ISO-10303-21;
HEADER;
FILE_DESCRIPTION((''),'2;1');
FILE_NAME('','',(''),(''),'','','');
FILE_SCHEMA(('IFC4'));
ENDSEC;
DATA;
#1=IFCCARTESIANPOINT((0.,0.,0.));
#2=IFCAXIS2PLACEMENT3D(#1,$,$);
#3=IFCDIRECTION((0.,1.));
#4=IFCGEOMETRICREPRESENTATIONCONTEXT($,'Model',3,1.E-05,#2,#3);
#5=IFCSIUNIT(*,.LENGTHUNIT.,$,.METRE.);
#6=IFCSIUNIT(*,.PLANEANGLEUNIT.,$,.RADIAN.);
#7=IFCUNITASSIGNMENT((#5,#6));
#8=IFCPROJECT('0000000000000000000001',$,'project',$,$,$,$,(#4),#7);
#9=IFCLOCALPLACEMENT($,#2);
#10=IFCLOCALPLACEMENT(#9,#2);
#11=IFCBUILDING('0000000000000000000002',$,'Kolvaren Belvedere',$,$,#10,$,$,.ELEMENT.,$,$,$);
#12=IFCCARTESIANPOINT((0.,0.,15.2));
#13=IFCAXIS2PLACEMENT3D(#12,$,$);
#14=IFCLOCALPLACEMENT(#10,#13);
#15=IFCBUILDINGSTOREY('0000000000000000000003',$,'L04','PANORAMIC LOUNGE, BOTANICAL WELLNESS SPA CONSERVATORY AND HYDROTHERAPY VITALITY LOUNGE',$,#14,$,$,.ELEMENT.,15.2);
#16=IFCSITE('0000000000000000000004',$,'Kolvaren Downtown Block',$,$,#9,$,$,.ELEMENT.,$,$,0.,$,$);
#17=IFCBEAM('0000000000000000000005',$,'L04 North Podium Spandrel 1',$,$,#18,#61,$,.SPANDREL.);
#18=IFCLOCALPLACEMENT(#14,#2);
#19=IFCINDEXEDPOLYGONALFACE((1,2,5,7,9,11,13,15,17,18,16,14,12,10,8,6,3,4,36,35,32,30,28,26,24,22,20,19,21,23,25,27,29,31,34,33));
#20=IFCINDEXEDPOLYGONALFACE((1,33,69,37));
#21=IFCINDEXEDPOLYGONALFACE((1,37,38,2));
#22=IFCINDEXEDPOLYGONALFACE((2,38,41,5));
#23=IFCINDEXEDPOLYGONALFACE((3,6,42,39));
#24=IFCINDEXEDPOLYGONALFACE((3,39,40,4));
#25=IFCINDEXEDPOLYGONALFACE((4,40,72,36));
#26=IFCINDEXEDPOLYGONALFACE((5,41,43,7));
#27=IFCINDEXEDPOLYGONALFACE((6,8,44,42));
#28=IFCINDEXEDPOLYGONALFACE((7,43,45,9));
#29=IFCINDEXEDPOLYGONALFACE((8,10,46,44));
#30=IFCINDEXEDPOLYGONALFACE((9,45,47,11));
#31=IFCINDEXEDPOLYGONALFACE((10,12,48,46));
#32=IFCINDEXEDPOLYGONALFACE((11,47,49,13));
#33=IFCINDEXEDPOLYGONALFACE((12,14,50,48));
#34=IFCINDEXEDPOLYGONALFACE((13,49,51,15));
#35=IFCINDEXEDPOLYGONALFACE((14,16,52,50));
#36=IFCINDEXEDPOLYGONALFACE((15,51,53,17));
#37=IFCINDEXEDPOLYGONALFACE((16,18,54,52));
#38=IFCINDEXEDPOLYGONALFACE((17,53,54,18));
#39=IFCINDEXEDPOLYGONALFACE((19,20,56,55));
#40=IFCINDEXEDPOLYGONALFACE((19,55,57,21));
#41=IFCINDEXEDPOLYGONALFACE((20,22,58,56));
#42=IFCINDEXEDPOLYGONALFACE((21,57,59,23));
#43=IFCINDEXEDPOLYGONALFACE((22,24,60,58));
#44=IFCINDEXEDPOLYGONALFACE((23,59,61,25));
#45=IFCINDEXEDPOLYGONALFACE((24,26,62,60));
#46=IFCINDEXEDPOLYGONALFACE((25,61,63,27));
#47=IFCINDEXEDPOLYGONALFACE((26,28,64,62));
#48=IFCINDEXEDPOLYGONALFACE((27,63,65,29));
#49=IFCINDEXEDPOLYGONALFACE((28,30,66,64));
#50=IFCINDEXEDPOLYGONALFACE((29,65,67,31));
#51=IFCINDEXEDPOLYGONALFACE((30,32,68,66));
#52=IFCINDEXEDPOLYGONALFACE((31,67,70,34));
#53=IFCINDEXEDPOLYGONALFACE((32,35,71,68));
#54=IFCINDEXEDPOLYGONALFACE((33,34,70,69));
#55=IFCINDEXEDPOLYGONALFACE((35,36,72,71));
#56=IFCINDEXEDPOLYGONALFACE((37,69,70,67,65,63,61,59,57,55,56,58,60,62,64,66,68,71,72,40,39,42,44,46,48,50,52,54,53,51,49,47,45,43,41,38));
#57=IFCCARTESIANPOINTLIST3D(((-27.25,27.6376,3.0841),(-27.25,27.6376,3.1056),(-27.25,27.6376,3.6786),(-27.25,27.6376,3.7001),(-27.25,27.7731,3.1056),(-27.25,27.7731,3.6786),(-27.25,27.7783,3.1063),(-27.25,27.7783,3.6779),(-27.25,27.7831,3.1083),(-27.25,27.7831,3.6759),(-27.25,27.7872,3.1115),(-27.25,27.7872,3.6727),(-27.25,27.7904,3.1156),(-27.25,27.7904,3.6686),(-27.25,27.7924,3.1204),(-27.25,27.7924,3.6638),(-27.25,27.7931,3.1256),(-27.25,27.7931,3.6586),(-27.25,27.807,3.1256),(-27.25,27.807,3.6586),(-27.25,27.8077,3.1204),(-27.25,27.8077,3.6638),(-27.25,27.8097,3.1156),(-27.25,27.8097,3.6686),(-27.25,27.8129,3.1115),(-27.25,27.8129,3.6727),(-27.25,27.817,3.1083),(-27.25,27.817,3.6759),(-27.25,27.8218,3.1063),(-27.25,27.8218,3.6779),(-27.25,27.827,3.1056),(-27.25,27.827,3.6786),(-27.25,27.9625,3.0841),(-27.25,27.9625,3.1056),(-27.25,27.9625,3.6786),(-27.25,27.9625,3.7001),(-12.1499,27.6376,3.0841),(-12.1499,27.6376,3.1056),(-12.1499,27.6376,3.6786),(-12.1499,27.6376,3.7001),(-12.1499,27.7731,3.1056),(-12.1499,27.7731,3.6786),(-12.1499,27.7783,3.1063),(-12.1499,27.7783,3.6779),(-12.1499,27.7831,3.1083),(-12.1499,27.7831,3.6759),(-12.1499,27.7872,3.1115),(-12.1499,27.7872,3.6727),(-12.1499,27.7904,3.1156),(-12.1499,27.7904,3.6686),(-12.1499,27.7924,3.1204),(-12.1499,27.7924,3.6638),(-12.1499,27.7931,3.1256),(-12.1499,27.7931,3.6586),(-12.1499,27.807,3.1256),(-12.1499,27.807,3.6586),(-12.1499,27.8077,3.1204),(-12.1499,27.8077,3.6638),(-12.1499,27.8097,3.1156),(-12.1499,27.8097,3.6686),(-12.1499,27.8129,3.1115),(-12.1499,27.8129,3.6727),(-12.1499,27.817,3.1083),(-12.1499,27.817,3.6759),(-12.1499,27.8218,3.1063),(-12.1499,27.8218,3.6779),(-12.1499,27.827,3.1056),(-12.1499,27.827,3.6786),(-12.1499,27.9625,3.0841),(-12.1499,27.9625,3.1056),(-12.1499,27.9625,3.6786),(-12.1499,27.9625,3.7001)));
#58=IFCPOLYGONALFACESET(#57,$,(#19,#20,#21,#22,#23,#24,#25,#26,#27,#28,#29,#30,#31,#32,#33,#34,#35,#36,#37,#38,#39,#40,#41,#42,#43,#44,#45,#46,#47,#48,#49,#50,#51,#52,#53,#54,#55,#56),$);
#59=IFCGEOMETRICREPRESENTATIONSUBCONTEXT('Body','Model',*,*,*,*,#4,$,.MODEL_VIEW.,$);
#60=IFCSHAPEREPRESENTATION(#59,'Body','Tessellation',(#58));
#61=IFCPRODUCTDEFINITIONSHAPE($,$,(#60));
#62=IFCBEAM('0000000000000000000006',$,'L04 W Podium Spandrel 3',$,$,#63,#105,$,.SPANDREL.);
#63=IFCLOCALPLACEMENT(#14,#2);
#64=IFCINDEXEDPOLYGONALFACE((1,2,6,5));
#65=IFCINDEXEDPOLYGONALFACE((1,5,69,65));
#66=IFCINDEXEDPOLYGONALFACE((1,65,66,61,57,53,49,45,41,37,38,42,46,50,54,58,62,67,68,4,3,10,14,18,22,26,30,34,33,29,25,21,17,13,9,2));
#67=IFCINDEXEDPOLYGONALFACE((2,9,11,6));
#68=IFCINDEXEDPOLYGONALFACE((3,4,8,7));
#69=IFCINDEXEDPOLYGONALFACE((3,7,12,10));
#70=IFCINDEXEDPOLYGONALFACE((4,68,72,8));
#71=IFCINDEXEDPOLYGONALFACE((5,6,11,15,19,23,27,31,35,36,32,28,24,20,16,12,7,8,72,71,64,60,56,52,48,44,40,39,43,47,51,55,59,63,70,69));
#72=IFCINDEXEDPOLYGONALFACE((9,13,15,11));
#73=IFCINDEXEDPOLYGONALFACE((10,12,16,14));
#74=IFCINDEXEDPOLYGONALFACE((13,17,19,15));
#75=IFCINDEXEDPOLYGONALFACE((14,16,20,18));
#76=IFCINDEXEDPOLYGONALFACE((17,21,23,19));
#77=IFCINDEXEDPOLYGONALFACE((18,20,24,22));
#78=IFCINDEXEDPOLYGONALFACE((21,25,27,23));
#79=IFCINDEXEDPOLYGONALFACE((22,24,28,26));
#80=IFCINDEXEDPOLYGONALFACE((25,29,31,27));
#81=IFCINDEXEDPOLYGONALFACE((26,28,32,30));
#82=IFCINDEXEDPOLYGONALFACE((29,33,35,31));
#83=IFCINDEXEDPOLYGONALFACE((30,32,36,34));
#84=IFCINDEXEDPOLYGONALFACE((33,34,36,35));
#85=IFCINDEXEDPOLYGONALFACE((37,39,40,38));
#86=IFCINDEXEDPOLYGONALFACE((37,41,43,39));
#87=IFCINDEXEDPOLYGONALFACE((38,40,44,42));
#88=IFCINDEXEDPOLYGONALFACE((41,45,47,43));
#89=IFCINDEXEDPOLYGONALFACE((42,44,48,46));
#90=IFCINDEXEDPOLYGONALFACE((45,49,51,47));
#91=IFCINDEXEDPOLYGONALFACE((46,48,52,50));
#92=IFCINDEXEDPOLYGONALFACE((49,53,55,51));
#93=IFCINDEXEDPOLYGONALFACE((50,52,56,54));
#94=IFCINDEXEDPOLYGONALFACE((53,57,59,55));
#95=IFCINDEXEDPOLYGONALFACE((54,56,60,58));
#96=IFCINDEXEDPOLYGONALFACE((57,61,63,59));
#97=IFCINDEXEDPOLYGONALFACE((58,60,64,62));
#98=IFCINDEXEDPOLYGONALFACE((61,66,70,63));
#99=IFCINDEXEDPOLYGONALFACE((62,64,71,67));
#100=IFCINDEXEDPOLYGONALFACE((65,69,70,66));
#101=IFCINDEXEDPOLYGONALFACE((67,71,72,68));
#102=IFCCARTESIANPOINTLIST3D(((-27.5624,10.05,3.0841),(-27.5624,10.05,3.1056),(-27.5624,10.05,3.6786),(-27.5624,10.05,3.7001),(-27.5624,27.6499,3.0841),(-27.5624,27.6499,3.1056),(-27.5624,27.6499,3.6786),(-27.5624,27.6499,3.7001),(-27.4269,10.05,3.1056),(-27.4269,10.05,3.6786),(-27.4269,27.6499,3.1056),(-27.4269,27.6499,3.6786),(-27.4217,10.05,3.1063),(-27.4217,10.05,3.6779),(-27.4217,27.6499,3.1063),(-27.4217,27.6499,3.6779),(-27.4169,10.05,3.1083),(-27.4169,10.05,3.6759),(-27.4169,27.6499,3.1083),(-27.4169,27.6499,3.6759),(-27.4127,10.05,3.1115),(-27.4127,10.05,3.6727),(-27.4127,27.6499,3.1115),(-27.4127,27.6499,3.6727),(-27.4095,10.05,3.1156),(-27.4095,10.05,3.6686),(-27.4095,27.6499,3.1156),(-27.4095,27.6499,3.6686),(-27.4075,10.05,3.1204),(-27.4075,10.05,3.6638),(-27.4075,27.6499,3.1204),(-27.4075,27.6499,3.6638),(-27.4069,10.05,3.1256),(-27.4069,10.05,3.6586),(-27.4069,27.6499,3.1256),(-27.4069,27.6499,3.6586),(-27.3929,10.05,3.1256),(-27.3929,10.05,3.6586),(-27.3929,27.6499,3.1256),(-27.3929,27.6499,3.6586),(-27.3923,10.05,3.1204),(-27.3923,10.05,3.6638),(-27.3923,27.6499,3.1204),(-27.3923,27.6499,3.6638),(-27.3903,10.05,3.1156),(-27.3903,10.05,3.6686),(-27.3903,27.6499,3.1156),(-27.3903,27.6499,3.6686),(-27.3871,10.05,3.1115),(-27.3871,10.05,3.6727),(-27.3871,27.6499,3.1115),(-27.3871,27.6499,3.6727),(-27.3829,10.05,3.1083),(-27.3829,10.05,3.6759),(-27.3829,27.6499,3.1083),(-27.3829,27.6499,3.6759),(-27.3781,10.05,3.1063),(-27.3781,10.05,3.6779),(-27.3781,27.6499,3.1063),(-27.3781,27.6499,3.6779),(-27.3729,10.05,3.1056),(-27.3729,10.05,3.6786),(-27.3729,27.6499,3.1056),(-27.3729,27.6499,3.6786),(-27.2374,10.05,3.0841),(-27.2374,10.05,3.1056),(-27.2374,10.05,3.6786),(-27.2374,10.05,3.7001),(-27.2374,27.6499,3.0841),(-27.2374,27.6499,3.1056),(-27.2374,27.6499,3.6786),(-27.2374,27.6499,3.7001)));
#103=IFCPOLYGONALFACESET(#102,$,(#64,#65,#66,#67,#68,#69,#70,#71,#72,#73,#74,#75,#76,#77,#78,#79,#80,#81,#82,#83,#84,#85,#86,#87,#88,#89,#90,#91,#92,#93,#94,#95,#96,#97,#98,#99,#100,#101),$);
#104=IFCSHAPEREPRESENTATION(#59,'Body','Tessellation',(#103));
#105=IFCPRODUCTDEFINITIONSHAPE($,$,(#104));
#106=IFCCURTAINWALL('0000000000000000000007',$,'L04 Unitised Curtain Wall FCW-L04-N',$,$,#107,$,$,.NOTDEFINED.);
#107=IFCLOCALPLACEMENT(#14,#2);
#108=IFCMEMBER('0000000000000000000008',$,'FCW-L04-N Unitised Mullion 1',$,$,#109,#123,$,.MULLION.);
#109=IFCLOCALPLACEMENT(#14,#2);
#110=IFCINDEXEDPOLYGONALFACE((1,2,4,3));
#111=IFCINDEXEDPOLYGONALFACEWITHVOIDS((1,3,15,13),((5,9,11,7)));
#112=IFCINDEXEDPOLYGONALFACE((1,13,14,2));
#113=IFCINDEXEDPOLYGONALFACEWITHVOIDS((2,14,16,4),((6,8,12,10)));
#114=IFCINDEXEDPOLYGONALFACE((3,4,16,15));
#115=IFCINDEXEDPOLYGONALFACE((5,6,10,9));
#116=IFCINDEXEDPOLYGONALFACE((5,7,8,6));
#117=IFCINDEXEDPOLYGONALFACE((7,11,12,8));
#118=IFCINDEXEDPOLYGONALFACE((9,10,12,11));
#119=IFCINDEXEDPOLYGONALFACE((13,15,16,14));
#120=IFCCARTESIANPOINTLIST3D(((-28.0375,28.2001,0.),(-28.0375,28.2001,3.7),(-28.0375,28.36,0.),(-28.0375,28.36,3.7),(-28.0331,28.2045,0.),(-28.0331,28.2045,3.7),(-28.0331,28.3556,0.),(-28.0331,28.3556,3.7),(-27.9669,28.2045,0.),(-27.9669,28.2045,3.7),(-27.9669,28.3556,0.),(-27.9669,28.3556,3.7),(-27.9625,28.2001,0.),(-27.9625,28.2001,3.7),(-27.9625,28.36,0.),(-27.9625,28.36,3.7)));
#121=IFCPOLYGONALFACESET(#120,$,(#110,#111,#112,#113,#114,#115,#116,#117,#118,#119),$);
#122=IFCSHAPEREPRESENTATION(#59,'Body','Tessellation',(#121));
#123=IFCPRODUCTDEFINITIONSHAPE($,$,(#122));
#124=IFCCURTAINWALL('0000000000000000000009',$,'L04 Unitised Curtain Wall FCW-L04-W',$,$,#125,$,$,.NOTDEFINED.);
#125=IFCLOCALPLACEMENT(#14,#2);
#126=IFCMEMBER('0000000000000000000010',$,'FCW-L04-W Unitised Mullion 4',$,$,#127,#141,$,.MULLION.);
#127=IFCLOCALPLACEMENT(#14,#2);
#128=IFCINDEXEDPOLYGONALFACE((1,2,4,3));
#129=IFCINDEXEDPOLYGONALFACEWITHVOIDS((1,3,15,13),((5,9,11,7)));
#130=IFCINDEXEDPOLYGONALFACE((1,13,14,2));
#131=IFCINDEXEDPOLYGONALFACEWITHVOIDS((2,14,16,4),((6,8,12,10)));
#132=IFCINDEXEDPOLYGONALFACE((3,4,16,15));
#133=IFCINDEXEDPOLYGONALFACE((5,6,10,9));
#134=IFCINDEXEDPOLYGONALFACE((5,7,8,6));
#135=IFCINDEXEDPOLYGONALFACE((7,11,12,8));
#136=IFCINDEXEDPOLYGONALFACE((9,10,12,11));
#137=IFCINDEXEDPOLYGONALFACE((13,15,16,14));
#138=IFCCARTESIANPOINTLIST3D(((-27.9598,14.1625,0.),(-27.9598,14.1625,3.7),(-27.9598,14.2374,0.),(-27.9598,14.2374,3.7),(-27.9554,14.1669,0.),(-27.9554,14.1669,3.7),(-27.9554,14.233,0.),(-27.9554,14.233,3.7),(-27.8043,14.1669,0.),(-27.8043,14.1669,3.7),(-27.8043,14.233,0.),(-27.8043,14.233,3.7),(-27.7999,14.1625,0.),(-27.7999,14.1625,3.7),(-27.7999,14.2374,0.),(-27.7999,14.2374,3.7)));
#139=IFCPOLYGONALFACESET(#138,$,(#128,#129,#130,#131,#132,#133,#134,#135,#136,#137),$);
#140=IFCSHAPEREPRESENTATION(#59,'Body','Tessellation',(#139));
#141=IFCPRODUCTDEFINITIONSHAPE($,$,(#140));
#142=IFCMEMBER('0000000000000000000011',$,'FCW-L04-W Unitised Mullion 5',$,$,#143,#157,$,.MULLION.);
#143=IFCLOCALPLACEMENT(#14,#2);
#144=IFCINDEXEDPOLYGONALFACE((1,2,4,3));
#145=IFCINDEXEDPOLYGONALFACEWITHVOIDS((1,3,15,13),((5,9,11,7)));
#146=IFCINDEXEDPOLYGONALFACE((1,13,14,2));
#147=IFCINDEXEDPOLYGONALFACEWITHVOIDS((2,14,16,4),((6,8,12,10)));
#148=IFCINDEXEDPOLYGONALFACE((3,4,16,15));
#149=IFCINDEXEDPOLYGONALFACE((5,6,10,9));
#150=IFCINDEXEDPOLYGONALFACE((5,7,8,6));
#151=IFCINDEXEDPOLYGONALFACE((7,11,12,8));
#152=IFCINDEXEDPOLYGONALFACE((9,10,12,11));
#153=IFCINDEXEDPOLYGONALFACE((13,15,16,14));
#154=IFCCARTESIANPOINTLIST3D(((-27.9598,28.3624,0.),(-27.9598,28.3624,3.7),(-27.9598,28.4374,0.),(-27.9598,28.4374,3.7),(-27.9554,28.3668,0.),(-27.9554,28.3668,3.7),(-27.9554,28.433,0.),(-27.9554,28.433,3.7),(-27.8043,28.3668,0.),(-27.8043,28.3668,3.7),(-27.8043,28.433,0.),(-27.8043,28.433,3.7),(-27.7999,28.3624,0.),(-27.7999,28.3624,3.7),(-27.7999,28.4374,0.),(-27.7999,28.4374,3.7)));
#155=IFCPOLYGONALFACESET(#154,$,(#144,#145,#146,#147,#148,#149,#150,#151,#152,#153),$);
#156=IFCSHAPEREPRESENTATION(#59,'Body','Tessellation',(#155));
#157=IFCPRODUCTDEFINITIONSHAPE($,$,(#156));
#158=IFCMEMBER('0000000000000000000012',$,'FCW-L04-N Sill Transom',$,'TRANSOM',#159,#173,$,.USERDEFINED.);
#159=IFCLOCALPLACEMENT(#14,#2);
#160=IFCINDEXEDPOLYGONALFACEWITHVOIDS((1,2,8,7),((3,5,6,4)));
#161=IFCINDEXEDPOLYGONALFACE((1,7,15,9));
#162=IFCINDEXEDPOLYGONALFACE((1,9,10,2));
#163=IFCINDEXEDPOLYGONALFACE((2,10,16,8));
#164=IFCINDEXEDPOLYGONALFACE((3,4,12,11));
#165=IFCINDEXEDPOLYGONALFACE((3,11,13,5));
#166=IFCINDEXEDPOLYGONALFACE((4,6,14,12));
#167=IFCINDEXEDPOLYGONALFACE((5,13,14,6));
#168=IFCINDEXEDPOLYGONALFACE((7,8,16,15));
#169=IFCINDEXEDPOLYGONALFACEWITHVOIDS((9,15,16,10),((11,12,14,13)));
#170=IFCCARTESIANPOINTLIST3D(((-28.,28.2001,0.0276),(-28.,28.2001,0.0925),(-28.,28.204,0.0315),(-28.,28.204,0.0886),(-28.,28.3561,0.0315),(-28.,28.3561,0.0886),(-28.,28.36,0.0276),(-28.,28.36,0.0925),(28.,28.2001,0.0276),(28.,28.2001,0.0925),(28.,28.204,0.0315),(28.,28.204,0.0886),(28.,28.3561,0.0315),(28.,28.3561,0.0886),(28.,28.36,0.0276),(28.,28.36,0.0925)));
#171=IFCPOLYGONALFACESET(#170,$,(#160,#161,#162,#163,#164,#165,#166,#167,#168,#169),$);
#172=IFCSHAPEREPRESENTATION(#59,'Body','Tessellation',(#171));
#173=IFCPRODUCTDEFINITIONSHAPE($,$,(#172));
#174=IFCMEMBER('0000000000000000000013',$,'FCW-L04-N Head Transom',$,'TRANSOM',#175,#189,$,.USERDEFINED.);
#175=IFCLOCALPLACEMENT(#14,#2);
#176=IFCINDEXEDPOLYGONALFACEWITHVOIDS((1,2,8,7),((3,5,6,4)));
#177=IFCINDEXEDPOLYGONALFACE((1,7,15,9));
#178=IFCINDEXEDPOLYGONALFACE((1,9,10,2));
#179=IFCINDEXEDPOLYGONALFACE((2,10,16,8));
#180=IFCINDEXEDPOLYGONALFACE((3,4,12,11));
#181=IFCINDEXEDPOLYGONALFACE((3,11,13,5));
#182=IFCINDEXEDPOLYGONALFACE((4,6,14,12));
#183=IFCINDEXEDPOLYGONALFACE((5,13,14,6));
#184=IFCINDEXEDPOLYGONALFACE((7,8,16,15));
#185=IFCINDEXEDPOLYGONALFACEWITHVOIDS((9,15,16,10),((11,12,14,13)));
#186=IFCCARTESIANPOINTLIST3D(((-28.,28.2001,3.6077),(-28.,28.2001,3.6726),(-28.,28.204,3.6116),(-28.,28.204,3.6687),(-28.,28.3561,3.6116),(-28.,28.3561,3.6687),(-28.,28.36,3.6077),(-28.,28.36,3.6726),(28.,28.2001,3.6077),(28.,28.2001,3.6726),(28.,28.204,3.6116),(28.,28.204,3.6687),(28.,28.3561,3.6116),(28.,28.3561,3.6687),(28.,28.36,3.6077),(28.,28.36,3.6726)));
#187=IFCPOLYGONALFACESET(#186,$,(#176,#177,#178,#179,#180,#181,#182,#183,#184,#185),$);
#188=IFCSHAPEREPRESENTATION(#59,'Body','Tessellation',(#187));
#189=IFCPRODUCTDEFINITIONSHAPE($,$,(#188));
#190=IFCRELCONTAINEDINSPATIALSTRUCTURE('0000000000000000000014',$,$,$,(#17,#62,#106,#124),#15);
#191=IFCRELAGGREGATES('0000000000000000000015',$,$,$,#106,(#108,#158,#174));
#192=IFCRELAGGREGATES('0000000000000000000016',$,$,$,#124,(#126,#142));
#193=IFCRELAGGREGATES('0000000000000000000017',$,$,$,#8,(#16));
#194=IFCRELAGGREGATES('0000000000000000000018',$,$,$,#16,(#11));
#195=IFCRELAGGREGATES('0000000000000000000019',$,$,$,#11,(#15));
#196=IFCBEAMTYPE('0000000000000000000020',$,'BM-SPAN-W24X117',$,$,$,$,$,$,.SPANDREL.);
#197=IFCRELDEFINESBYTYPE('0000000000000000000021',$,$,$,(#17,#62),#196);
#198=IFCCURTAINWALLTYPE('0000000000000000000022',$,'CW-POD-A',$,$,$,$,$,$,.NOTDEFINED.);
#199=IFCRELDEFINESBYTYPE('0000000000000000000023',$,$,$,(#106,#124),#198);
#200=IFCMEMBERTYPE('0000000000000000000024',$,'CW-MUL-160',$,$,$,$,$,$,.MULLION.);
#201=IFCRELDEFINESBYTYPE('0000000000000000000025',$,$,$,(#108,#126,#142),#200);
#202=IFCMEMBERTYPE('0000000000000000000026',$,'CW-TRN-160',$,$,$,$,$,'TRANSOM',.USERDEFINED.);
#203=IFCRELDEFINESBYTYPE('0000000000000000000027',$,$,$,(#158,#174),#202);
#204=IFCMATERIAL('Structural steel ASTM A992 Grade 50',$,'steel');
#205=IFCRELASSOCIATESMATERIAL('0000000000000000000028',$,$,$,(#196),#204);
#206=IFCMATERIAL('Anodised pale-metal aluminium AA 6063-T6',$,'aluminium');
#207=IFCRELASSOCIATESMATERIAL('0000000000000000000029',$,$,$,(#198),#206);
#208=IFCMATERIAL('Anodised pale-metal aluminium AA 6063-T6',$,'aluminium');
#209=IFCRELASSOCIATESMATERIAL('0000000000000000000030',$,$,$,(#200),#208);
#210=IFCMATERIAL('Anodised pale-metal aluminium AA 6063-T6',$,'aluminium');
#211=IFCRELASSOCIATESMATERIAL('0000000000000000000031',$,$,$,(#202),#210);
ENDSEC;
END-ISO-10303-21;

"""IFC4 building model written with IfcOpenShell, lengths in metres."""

from ifc_helpers import new_model, si_unit, direction, frame, origin, origin_2d, place, context, subcontext, project, spatial, hollow_rectangle, i_section, extrude, material, material_profile, profile_set, type_object, element, aggregate, save


model = new_model("IFC4")

# Units and contexts
model_context = context("Model", 3, precision=1e-05, world=origin(), true_north=direction((0.0, 1.0)))
body_context = subcontext(model_context, "Body", "Model", "MODEL_VIEW")
ifc_project = project(units=[si_unit("LENGTHUNIT", "METRE"), si_unit("PLANEANGLEUNIT", "RADIAN")], contexts=[model_context])

# Site, building, storey
site_placement = place(None, origin())
site = spatial("IfcSite", under=ifc_project, at=site_placement, Name="Kolvaren Downtown Block", CompositionType="ELEMENT", RefElevation=0.0)
building_placement = place(site_placement, origin())
building = spatial("IfcBuilding", under=site, at=building_placement, Name="Kolvaren Belvedere", CompositionType="ELEMENT")
storey_placement = place(building_placement, frame((0.0, 0.0, 15.2)))
storey = spatial("IfcBuildingStorey", under=building, at=storey_placement, Name="L04", Description="PANORAMIC LOUNGE, BOTANICAL WELLNESS SPA CONSERVATORY AND HYDROTHERAPY VITALITY LOUNGE", CompositionType="ELEMENT", Elevation=15.2)

# Beams
ifc_material_1 = material(Name="Structural steel ASTM A992 Grade 50", Category="steel")
ifc_material_profile_1 = material_profile(ifc_material_1, i_section(OverallWidth=0.325, OverallDepth=0.616, WebThickness=0.0139, FlangeThickness=0.0215, FilletRadius=0.02, at=origin_2d()), Name="W24X117")
ifc_profile_set_1 = profile_set([ifc_material_profile_1], Name="Structural steel ASTM A992 Grade 50")
beam_type_1 = type_object("IfcBeamType", Name="BM-SPAN-W24X117", PredefinedType="SPANDREL", material=ifc_profile_set_1)
beam_1_placement = place(storey_placement, frame((-27.25, 27.8, 3.3921), z_axis=(1.0, 0.0, 0.0), x_axis=(0.0, 1.0, 0.0)))
element("IfcBeam", 1, at=beam_1_placement, inside=storey, type_object=beam_type_1, Name="L04 North Podium Spandrel 1", PredefinedType="SPANDREL", context=body_context, shape_type="SweptSolid", body=[
    extrude(i_section(OverallWidth=0.325, OverallDepth=0.616, WebThickness=0.0139, FlangeThickness=0.0215, FilletRadius=0.02, at=origin_2d()), origin(), (0.0, 0.0, 1.0), 15.1001),
])
beam_2_placement = place(storey_placement, frame((-27.3999, 10.05, 3.3921), z_axis=(0.0, 1.0, 0.0), x_axis=(-1.0, 0.0, 0.0)))
element("IfcBeam", 2, at=beam_2_placement, inside=storey, type_object=beam_type_1, Name="L04 W Podium Spandrel 3", PredefinedType="SPANDREL", context=body_context, shape_type="SweptSolid", body=[
    extrude(i_section(OverallWidth=0.325, OverallDepth=0.616, WebThickness=0.0139, FlangeThickness=0.0215, FilletRadius=0.02, at=origin_2d()), origin(), (0.0, 0.0, 1.0), 17.5999),
])

# Curtain wall, member
ifc_material_2 = material(Name="Anodised pale-metal aluminium AA 6063-T6", Category="aluminium")
curtain_wall_type = type_object("IfcCurtainWallType", Name="CW-POD-A", PredefinedType="NOTDEFINED", material=ifc_material_2)
curtain_wall_1_placement = place(storey_placement, origin())
curtain_wall_1 = element("IfcCurtainWall", 3, at=curtain_wall_1_placement, inside=storey, type_object=curtain_wall_type, Name="L04 Unitised Curtain Wall FCW-L04-N", PredefinedType="NOTDEFINED")
ifc_material_3 = material(Name="Anodised pale-metal aluminium AA 6063-T6", Category="aluminium")
ifc_material_profile_2 = material_profile(ifc_material_3, hollow_rectangle(XDim=0.075, YDim=0.1599, WallThickness=0.0044, at=origin_2d()), Name="ALU-MUL-160X75")
ifc_profile_set_2 = profile_set([ifc_material_profile_2], Name="Anodised pale-metal aluminium AA 6063-T6")
member_type_1 = type_object("IfcMemberType", Name="CW-MUL-160", PredefinedType="MULLION", material=ifc_profile_set_2)
member_1_placement = place(storey_placement, frame((-28.0, 28.28, 0.0), z_axis=(0.0, 0.0, 1.0), x_axis=(1.0, 0.0, 0.0)))
member_1 = element("IfcMember", 4, at=member_1_placement, type_object=member_type_1, Name="FCW-L04-N Unitised Mullion 1", PredefinedType="MULLION", context=body_context, shape_type="SweptSolid", body=[
    extrude(hollow_rectangle(XDim=0.075, YDim=0.1599, WallThickness=0.0044, at=origin_2d()), origin(), (0.0, 0.0, 1.0), 3.7),
])

# Curtain wall, members
curtain_wall_2_placement = place(storey_placement, origin())
curtain_wall_2 = element("IfcCurtainWall", 5, at=curtain_wall_2_placement, inside=storey, type_object=curtain_wall_type, Name="L04 Unitised Curtain Wall FCW-L04-W", PredefinedType="NOTDEFINED")
member_2_placement = place(storey_placement, frame((-27.8799, 14.2, 0.0), z_axis=(0.0, 0.0, 1.0), x_axis=(0.0, 1.0, 0.0)))
member_2 = element("IfcMember", 6, at=member_2_placement, type_object=member_type_1, Name="FCW-L04-W Unitised Mullion 4", PredefinedType="MULLION", context=body_context, shape_type="SweptSolid", body=[
    extrude(hollow_rectangle(XDim=0.075, YDim=0.1599, WallThickness=0.0044, at=origin_2d()), origin(), (0.0, 0.0, 1.0), 3.7),
])
member_3_placement = place(storey_placement, frame((-27.8799, 28.3999, 0.0), z_axis=(0.0, 0.0, 1.0), x_axis=(0.0, 1.0, 0.0)))
member_3 = element("IfcMember", 7, at=member_3_placement, type_object=member_type_1, Name="FCW-L04-W Unitised Mullion 5", PredefinedType="MULLION", context=body_context, shape_type="SweptSolid", body=[
    extrude(hollow_rectangle(XDim=0.075, YDim=0.1599, WallThickness=0.0044, at=origin_2d()), origin(), (0.0, 0.0, 1.0), 3.7),
])

# Members
ifc_material_4 = material(Name="Anodised pale-metal aluminium AA 6063-T6", Category="aluminium")
ifc_material_profile_3 = material_profile(ifc_material_4, hollow_rectangle(XDim=0.0649, YDim=0.1599, WallThickness=0.0039, at=origin_2d()), Name="ALU-TRN-160X65")
ifc_profile_set_3 = profile_set([ifc_material_profile_3], Name="Anodised pale-metal aluminium AA 6063-T6")
member_type_2 = type_object("IfcMemberType", Name="CW-TRN-160", ElementType="TRANSOM", PredefinedType="USERDEFINED", material=ifc_profile_set_3)
member_4_placement = place(storey_placement, frame((-28.0, 28.28, 0.0601), z_axis=(1.0, 0.0, 0.0), x_axis=(0.0, 0.0, 1.0)))
member_4 = element("IfcMember", 8, at=member_4_placement, type_object=member_type_2, Name="FCW-L04-N Sill Transom", ObjectType="TRANSOM", PredefinedType="USERDEFINED", context=body_context, shape_type="SweptSolid", body=[
    extrude(hollow_rectangle(XDim=0.0649, YDim=0.1599, WallThickness=0.0039, at=origin_2d()), origin(), (0.0, 0.0, 1.0), 56.0),
])
member_5_placement = place(storey_placement, frame((-28.0, 28.28, 3.6401), z_axis=(1.0, 0.0, 0.0), x_axis=(0.0, 0.0, 1.0)))
member_5 = element("IfcMember", 9, at=member_5_placement, type_object=member_type_2, Name="FCW-L04-N Head Transom", ObjectType="TRANSOM", PredefinedType="USERDEFINED", context=body_context, shape_type="SweptSolid", body=[
    extrude(hollow_rectangle(XDim=0.0649, YDim=0.1599, WallThickness=0.0039, at=origin_2d()), origin(), (0.0, 0.0, 1.0), 56.0),
])
aggregate(curtain_wall_1, [member_1, member_4, member_5])

aggregate(curtain_wall_2, [member_2, member_3])

save(model, "model.ifc")
